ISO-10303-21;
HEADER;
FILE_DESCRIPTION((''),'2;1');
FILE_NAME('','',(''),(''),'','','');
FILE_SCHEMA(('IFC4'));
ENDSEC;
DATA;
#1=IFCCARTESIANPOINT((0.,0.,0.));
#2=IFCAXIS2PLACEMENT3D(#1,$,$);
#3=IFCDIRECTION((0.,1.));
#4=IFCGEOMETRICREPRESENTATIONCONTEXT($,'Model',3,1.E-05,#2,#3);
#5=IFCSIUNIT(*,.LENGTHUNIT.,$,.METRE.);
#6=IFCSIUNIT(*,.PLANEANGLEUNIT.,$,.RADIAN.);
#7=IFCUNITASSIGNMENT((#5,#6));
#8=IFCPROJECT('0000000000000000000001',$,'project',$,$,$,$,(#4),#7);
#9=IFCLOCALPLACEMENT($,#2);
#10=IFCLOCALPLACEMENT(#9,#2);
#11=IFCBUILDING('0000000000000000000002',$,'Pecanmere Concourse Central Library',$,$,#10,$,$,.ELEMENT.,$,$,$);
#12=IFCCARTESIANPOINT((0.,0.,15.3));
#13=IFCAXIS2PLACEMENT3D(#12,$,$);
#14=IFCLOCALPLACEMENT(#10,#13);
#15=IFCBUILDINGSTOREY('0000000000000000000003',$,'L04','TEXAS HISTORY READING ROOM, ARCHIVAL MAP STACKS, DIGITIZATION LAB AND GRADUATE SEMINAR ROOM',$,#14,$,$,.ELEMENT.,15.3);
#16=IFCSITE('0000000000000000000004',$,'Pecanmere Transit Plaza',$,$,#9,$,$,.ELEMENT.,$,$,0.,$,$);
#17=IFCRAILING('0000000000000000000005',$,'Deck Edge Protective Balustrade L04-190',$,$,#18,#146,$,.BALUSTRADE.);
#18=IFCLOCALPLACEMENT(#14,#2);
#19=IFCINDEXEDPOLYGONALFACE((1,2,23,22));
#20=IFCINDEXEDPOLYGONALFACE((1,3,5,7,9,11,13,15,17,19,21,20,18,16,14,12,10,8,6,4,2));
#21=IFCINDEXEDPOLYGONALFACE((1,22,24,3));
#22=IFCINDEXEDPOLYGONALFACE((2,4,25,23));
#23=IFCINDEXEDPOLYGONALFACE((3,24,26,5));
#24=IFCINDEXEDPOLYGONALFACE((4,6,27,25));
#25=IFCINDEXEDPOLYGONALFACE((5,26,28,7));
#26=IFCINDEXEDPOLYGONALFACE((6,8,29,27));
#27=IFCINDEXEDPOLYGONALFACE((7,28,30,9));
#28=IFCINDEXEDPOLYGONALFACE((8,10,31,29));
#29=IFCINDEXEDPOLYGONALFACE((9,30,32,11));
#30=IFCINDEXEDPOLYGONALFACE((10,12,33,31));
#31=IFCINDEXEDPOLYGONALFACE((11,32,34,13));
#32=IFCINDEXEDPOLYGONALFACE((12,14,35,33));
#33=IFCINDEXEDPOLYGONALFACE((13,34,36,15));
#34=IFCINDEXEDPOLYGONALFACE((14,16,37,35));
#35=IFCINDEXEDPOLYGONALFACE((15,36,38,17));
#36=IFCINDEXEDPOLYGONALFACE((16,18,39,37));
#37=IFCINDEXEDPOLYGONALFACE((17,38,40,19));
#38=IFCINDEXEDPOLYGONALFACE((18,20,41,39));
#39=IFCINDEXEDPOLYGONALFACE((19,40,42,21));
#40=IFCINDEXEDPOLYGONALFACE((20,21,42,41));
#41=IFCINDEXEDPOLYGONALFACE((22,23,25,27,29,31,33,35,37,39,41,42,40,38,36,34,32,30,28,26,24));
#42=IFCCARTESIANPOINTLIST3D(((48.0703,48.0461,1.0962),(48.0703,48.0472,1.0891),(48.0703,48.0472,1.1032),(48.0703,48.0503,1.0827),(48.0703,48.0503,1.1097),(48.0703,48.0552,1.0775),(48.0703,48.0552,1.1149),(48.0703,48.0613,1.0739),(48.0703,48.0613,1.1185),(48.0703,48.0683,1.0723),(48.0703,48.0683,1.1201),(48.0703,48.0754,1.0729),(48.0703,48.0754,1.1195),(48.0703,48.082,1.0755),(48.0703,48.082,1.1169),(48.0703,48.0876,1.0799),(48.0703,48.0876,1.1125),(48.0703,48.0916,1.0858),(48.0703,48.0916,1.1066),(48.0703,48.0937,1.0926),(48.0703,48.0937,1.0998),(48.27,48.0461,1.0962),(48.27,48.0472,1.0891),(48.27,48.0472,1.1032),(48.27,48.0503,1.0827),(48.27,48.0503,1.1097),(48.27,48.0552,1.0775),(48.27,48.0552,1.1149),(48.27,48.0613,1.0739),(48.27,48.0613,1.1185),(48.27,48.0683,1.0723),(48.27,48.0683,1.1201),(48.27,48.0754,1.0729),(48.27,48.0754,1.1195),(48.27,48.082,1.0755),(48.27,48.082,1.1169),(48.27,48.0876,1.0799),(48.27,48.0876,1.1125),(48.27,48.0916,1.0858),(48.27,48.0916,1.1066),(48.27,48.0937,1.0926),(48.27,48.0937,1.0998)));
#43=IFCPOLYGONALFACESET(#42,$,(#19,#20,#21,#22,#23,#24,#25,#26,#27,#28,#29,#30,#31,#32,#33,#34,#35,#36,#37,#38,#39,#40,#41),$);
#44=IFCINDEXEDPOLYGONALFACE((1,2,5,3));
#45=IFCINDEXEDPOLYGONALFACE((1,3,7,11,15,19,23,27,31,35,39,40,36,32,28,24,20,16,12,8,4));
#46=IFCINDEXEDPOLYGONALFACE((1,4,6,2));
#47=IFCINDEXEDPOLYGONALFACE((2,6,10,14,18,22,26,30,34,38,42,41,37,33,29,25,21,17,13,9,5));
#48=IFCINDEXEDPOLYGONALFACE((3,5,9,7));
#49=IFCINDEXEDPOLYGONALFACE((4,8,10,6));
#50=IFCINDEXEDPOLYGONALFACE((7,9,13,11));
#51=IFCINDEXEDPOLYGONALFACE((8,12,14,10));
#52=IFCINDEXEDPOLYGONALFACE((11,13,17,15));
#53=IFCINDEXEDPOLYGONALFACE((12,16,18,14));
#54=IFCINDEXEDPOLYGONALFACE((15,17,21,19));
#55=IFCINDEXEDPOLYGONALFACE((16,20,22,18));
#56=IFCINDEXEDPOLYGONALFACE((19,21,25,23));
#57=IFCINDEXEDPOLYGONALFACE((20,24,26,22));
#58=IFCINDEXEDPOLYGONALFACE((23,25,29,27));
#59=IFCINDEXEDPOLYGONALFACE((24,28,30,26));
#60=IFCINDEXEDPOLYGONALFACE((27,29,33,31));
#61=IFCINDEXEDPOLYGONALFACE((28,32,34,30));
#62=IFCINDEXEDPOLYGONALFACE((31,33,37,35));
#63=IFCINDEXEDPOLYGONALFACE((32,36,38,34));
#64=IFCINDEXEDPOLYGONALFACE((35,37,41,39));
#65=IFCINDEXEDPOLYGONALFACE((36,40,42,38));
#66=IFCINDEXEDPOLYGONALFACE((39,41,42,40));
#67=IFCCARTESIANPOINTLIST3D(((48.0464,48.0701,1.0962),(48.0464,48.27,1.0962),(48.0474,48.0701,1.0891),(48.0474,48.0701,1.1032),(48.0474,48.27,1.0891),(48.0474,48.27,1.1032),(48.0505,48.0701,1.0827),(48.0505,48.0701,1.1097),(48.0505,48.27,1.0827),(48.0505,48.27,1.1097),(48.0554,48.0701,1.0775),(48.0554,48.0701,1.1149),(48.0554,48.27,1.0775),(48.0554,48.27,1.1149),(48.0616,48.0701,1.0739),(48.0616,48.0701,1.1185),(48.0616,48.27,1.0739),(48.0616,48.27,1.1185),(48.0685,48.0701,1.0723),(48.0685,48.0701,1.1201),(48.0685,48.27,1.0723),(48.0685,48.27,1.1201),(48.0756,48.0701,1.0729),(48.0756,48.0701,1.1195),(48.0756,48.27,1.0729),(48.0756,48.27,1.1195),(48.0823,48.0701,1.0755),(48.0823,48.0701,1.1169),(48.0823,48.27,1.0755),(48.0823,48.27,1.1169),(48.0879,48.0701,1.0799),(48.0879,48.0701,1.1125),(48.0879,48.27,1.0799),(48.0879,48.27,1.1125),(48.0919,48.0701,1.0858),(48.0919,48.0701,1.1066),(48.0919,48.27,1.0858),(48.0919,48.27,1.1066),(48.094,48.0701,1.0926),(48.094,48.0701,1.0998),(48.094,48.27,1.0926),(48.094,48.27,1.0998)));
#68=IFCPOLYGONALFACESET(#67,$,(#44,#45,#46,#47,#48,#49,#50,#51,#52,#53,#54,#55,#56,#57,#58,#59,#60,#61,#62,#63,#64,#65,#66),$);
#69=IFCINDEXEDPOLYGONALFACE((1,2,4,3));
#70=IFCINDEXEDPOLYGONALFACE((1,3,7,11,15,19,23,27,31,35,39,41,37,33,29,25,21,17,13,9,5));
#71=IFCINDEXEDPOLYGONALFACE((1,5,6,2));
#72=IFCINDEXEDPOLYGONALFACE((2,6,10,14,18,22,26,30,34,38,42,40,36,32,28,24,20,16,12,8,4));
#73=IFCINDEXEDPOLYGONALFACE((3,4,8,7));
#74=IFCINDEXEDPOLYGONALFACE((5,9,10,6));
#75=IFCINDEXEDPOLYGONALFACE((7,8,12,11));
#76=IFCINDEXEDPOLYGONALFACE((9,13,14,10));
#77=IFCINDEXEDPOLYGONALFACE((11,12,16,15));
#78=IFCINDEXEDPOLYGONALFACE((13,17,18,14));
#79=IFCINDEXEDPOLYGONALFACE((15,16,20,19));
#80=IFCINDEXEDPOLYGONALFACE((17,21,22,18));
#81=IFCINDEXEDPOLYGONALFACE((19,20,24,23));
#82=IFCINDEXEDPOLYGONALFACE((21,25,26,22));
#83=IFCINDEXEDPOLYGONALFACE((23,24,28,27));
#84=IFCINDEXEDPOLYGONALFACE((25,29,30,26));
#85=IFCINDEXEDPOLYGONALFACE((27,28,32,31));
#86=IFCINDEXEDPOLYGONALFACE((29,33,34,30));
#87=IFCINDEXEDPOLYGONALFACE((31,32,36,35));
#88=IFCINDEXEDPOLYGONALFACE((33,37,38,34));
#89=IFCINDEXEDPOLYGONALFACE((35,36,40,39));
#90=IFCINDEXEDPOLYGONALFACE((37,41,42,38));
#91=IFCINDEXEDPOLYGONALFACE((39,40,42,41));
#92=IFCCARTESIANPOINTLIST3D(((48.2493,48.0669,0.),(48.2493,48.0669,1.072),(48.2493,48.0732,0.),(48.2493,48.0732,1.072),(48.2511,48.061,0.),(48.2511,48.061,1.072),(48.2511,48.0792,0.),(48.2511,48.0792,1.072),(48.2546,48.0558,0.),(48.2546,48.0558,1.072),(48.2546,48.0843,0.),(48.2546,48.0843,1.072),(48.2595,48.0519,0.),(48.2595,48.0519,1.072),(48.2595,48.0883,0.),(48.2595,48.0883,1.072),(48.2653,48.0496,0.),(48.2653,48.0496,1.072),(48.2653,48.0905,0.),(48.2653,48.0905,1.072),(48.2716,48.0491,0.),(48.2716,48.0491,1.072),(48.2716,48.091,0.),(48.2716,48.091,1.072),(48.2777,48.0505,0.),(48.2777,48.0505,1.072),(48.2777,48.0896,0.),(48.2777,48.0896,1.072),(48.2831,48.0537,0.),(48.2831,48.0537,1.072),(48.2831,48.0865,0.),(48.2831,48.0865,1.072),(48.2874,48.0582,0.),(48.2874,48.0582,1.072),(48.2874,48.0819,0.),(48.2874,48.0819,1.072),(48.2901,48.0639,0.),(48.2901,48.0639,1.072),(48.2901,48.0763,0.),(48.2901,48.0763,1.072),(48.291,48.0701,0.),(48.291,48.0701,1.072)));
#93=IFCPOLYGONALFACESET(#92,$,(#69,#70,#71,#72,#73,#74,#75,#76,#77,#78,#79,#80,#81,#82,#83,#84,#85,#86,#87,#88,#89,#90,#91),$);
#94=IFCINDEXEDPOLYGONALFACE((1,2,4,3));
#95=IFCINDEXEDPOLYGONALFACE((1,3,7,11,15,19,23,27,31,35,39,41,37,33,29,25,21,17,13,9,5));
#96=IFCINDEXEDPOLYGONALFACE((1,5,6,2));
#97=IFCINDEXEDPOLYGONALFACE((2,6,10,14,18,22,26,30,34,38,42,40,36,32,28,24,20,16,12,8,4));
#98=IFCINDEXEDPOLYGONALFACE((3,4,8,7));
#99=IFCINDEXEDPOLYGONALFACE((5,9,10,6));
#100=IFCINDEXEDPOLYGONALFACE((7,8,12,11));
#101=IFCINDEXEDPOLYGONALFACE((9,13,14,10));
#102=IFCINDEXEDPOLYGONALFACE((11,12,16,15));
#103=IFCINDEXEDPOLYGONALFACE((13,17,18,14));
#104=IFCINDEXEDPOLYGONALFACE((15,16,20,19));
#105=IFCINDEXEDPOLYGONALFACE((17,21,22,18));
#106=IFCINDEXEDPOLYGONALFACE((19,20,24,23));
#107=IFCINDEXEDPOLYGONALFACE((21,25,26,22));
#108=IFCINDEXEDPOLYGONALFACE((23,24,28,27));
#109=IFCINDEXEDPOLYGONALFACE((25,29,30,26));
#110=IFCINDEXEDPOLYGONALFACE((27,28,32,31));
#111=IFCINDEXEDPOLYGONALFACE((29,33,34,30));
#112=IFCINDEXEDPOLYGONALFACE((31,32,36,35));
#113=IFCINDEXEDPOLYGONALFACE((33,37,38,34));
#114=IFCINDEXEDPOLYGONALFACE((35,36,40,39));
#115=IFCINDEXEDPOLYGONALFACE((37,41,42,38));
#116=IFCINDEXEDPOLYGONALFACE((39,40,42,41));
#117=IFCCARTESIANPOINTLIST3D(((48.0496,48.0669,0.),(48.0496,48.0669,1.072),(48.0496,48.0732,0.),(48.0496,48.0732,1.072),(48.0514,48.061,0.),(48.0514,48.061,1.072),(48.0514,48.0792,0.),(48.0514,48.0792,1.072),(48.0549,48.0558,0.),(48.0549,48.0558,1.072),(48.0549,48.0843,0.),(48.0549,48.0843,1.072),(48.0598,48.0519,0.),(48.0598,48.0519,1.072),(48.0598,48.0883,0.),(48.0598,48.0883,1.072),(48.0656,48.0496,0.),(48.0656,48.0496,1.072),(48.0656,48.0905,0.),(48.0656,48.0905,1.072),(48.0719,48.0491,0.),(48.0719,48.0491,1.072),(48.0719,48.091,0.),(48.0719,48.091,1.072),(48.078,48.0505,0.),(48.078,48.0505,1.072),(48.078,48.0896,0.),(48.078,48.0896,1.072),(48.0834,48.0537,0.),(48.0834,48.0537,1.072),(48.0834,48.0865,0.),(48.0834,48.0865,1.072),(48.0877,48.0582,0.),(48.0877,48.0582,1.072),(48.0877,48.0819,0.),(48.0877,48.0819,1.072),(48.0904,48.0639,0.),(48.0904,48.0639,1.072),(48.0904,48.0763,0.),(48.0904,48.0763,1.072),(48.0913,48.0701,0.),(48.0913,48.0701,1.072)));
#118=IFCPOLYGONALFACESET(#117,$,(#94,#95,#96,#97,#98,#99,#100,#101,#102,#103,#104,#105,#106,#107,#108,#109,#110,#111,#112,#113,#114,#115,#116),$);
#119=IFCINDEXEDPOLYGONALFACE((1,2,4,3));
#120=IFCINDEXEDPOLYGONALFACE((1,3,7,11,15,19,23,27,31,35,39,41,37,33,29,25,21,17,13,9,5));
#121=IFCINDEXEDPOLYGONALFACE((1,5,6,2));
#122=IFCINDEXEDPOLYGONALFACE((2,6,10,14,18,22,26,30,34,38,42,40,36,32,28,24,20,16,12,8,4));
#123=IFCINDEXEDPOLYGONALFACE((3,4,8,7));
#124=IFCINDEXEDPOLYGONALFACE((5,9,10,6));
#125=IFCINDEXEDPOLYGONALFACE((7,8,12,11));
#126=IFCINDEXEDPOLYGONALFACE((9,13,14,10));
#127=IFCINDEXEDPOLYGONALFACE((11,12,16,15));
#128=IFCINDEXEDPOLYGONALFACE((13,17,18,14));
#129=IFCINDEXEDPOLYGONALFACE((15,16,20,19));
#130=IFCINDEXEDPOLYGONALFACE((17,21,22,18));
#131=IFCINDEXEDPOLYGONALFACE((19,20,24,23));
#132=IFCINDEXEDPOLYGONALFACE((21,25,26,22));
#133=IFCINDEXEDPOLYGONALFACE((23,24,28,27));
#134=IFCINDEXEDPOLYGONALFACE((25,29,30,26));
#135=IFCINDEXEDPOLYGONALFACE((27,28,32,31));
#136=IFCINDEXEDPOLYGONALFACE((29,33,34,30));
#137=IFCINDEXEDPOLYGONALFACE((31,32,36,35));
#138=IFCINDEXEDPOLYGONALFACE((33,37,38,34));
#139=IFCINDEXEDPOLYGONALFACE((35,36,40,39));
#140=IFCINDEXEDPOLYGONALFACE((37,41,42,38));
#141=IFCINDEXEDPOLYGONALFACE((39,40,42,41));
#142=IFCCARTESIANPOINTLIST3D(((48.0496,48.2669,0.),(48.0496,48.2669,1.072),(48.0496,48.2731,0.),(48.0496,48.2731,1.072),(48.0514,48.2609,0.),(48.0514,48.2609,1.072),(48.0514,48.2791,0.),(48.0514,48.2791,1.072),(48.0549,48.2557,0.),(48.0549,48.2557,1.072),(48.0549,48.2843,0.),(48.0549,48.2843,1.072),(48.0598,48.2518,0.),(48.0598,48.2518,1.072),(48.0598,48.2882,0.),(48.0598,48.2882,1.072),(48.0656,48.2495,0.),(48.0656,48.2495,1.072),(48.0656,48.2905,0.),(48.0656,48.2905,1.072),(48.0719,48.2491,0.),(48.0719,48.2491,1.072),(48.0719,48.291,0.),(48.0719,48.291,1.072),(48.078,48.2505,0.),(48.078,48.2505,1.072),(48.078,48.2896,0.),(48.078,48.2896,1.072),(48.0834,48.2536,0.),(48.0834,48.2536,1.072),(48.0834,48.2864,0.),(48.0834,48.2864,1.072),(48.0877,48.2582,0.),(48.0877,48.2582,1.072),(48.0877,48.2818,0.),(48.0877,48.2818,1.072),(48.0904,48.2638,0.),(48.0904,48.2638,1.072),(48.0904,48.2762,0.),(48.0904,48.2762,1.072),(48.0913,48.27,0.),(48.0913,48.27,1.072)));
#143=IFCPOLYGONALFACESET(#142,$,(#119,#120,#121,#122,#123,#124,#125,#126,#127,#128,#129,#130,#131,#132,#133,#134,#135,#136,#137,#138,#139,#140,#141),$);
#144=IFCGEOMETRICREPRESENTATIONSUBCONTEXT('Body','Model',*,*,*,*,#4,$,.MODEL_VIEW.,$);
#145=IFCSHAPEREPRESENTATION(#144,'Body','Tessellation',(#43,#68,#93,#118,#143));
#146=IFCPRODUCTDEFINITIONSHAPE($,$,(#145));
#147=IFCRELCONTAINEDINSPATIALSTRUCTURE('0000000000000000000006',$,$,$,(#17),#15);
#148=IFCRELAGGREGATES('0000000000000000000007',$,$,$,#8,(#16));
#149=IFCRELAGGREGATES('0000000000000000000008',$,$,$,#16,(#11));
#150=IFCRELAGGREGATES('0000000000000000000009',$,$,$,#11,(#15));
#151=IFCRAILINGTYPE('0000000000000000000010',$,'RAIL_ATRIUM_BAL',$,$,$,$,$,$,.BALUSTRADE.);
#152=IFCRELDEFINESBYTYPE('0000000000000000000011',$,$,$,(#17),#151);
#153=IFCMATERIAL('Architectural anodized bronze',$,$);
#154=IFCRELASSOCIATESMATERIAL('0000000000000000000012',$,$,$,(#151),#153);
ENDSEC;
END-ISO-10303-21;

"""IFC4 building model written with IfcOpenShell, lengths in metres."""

from ifc_helpers import new_model, si_unit, direction, frame, origin, origin_2d, place, context, subcontext, project, spatial, circle, extrude, material, type_object, element, save


model = new_model("IFC4")

# Units and contexts
model_context = context("Model", 3, precision=1e-05, world=origin(), true_north=direction((0.0, 1.0)))
body_context = subcontext(model_context, "Body", "Model", "MODEL_VIEW")
ifc_project = project(units=[si_unit("LENGTHUNIT", "METRE"), si_unit("PLANEANGLEUNIT", "RADIAN")], contexts=[model_context])

# Site, building, storey
site_placement = place(None, origin())
site = spatial("IfcSite", under=ifc_project, at=site_placement, Name="Pecanmere Transit Plaza", CompositionType="ELEMENT", RefElevation=0.0)
building_placement = place(site_placement, origin())
building = spatial("IfcBuilding", under=site, at=building_placement, Name="Pecanmere Concourse Central Library", CompositionType="ELEMENT")
storey_placement = place(building_placement, frame((0.0, 0.0, 15.3)))
storey = spatial("IfcBuildingStorey", under=building, at=storey_placement, Name="L04", Description="TEXAS HISTORY READING ROOM, ARCHIVAL MAP STACKS, DIGITIZATION LAB AND GRADUATE SEMINAR ROOM", CompositionType="ELEMENT", Elevation=15.3)

# Railing
ifc_material_1 = material(Name="Architectural anodized bronze")
railing_type = type_object("IfcRailingType", Name="RAIL_ATRIUM_BAL", PredefinedType="BALUSTRADE", material=ifc_material_1)
railing_1_placement = place(storey_placement, frame((48.27, 48.0701, 0.0)))
element("IfcRailing", 1, at=railing_1_placement, inside=storey, type_object=railing_type, Name="Deck Edge Protective Balustrade L04-190", PredefinedType="BALUSTRADE", context=body_context, shape_type="SweptSolid", body=[
    extrude(circle(Radius=0.0239, at=origin_2d()), frame((0.0, 0.0, 1.0962), z_axis=(-1.0, 0.0, 0.0), x_axis=(0.0, -1.0, 0.0)), (0.0, 0.0, 1.0), 0.1997),
    extrude(circle(Radius=0.0239, at=origin_2d()), frame((-0.1997, 0.0, 1.0962), z_axis=(0.0, 1.0, 0.0), x_axis=(-1.0, 0.0, 0.0)), (0.0, 0.0, 1.0), 0.2),
    extrude(circle(Radius=0.021, at=origin_2d()), origin(), (0.0, 0.0, 1.0), 1.072),
    extrude(circle(Radius=0.021, at=origin_2d()), frame((-0.1997, 0.0, 0.0)), (0.0, 0.0, 1.0), 1.072),
    extrude(circle(Radius=0.021, at=origin_2d()), frame((-0.1997, 0.2, 0.0)), (0.0, 0.0, 1.0), 1.072),
])

save(model, "model.ifc")
